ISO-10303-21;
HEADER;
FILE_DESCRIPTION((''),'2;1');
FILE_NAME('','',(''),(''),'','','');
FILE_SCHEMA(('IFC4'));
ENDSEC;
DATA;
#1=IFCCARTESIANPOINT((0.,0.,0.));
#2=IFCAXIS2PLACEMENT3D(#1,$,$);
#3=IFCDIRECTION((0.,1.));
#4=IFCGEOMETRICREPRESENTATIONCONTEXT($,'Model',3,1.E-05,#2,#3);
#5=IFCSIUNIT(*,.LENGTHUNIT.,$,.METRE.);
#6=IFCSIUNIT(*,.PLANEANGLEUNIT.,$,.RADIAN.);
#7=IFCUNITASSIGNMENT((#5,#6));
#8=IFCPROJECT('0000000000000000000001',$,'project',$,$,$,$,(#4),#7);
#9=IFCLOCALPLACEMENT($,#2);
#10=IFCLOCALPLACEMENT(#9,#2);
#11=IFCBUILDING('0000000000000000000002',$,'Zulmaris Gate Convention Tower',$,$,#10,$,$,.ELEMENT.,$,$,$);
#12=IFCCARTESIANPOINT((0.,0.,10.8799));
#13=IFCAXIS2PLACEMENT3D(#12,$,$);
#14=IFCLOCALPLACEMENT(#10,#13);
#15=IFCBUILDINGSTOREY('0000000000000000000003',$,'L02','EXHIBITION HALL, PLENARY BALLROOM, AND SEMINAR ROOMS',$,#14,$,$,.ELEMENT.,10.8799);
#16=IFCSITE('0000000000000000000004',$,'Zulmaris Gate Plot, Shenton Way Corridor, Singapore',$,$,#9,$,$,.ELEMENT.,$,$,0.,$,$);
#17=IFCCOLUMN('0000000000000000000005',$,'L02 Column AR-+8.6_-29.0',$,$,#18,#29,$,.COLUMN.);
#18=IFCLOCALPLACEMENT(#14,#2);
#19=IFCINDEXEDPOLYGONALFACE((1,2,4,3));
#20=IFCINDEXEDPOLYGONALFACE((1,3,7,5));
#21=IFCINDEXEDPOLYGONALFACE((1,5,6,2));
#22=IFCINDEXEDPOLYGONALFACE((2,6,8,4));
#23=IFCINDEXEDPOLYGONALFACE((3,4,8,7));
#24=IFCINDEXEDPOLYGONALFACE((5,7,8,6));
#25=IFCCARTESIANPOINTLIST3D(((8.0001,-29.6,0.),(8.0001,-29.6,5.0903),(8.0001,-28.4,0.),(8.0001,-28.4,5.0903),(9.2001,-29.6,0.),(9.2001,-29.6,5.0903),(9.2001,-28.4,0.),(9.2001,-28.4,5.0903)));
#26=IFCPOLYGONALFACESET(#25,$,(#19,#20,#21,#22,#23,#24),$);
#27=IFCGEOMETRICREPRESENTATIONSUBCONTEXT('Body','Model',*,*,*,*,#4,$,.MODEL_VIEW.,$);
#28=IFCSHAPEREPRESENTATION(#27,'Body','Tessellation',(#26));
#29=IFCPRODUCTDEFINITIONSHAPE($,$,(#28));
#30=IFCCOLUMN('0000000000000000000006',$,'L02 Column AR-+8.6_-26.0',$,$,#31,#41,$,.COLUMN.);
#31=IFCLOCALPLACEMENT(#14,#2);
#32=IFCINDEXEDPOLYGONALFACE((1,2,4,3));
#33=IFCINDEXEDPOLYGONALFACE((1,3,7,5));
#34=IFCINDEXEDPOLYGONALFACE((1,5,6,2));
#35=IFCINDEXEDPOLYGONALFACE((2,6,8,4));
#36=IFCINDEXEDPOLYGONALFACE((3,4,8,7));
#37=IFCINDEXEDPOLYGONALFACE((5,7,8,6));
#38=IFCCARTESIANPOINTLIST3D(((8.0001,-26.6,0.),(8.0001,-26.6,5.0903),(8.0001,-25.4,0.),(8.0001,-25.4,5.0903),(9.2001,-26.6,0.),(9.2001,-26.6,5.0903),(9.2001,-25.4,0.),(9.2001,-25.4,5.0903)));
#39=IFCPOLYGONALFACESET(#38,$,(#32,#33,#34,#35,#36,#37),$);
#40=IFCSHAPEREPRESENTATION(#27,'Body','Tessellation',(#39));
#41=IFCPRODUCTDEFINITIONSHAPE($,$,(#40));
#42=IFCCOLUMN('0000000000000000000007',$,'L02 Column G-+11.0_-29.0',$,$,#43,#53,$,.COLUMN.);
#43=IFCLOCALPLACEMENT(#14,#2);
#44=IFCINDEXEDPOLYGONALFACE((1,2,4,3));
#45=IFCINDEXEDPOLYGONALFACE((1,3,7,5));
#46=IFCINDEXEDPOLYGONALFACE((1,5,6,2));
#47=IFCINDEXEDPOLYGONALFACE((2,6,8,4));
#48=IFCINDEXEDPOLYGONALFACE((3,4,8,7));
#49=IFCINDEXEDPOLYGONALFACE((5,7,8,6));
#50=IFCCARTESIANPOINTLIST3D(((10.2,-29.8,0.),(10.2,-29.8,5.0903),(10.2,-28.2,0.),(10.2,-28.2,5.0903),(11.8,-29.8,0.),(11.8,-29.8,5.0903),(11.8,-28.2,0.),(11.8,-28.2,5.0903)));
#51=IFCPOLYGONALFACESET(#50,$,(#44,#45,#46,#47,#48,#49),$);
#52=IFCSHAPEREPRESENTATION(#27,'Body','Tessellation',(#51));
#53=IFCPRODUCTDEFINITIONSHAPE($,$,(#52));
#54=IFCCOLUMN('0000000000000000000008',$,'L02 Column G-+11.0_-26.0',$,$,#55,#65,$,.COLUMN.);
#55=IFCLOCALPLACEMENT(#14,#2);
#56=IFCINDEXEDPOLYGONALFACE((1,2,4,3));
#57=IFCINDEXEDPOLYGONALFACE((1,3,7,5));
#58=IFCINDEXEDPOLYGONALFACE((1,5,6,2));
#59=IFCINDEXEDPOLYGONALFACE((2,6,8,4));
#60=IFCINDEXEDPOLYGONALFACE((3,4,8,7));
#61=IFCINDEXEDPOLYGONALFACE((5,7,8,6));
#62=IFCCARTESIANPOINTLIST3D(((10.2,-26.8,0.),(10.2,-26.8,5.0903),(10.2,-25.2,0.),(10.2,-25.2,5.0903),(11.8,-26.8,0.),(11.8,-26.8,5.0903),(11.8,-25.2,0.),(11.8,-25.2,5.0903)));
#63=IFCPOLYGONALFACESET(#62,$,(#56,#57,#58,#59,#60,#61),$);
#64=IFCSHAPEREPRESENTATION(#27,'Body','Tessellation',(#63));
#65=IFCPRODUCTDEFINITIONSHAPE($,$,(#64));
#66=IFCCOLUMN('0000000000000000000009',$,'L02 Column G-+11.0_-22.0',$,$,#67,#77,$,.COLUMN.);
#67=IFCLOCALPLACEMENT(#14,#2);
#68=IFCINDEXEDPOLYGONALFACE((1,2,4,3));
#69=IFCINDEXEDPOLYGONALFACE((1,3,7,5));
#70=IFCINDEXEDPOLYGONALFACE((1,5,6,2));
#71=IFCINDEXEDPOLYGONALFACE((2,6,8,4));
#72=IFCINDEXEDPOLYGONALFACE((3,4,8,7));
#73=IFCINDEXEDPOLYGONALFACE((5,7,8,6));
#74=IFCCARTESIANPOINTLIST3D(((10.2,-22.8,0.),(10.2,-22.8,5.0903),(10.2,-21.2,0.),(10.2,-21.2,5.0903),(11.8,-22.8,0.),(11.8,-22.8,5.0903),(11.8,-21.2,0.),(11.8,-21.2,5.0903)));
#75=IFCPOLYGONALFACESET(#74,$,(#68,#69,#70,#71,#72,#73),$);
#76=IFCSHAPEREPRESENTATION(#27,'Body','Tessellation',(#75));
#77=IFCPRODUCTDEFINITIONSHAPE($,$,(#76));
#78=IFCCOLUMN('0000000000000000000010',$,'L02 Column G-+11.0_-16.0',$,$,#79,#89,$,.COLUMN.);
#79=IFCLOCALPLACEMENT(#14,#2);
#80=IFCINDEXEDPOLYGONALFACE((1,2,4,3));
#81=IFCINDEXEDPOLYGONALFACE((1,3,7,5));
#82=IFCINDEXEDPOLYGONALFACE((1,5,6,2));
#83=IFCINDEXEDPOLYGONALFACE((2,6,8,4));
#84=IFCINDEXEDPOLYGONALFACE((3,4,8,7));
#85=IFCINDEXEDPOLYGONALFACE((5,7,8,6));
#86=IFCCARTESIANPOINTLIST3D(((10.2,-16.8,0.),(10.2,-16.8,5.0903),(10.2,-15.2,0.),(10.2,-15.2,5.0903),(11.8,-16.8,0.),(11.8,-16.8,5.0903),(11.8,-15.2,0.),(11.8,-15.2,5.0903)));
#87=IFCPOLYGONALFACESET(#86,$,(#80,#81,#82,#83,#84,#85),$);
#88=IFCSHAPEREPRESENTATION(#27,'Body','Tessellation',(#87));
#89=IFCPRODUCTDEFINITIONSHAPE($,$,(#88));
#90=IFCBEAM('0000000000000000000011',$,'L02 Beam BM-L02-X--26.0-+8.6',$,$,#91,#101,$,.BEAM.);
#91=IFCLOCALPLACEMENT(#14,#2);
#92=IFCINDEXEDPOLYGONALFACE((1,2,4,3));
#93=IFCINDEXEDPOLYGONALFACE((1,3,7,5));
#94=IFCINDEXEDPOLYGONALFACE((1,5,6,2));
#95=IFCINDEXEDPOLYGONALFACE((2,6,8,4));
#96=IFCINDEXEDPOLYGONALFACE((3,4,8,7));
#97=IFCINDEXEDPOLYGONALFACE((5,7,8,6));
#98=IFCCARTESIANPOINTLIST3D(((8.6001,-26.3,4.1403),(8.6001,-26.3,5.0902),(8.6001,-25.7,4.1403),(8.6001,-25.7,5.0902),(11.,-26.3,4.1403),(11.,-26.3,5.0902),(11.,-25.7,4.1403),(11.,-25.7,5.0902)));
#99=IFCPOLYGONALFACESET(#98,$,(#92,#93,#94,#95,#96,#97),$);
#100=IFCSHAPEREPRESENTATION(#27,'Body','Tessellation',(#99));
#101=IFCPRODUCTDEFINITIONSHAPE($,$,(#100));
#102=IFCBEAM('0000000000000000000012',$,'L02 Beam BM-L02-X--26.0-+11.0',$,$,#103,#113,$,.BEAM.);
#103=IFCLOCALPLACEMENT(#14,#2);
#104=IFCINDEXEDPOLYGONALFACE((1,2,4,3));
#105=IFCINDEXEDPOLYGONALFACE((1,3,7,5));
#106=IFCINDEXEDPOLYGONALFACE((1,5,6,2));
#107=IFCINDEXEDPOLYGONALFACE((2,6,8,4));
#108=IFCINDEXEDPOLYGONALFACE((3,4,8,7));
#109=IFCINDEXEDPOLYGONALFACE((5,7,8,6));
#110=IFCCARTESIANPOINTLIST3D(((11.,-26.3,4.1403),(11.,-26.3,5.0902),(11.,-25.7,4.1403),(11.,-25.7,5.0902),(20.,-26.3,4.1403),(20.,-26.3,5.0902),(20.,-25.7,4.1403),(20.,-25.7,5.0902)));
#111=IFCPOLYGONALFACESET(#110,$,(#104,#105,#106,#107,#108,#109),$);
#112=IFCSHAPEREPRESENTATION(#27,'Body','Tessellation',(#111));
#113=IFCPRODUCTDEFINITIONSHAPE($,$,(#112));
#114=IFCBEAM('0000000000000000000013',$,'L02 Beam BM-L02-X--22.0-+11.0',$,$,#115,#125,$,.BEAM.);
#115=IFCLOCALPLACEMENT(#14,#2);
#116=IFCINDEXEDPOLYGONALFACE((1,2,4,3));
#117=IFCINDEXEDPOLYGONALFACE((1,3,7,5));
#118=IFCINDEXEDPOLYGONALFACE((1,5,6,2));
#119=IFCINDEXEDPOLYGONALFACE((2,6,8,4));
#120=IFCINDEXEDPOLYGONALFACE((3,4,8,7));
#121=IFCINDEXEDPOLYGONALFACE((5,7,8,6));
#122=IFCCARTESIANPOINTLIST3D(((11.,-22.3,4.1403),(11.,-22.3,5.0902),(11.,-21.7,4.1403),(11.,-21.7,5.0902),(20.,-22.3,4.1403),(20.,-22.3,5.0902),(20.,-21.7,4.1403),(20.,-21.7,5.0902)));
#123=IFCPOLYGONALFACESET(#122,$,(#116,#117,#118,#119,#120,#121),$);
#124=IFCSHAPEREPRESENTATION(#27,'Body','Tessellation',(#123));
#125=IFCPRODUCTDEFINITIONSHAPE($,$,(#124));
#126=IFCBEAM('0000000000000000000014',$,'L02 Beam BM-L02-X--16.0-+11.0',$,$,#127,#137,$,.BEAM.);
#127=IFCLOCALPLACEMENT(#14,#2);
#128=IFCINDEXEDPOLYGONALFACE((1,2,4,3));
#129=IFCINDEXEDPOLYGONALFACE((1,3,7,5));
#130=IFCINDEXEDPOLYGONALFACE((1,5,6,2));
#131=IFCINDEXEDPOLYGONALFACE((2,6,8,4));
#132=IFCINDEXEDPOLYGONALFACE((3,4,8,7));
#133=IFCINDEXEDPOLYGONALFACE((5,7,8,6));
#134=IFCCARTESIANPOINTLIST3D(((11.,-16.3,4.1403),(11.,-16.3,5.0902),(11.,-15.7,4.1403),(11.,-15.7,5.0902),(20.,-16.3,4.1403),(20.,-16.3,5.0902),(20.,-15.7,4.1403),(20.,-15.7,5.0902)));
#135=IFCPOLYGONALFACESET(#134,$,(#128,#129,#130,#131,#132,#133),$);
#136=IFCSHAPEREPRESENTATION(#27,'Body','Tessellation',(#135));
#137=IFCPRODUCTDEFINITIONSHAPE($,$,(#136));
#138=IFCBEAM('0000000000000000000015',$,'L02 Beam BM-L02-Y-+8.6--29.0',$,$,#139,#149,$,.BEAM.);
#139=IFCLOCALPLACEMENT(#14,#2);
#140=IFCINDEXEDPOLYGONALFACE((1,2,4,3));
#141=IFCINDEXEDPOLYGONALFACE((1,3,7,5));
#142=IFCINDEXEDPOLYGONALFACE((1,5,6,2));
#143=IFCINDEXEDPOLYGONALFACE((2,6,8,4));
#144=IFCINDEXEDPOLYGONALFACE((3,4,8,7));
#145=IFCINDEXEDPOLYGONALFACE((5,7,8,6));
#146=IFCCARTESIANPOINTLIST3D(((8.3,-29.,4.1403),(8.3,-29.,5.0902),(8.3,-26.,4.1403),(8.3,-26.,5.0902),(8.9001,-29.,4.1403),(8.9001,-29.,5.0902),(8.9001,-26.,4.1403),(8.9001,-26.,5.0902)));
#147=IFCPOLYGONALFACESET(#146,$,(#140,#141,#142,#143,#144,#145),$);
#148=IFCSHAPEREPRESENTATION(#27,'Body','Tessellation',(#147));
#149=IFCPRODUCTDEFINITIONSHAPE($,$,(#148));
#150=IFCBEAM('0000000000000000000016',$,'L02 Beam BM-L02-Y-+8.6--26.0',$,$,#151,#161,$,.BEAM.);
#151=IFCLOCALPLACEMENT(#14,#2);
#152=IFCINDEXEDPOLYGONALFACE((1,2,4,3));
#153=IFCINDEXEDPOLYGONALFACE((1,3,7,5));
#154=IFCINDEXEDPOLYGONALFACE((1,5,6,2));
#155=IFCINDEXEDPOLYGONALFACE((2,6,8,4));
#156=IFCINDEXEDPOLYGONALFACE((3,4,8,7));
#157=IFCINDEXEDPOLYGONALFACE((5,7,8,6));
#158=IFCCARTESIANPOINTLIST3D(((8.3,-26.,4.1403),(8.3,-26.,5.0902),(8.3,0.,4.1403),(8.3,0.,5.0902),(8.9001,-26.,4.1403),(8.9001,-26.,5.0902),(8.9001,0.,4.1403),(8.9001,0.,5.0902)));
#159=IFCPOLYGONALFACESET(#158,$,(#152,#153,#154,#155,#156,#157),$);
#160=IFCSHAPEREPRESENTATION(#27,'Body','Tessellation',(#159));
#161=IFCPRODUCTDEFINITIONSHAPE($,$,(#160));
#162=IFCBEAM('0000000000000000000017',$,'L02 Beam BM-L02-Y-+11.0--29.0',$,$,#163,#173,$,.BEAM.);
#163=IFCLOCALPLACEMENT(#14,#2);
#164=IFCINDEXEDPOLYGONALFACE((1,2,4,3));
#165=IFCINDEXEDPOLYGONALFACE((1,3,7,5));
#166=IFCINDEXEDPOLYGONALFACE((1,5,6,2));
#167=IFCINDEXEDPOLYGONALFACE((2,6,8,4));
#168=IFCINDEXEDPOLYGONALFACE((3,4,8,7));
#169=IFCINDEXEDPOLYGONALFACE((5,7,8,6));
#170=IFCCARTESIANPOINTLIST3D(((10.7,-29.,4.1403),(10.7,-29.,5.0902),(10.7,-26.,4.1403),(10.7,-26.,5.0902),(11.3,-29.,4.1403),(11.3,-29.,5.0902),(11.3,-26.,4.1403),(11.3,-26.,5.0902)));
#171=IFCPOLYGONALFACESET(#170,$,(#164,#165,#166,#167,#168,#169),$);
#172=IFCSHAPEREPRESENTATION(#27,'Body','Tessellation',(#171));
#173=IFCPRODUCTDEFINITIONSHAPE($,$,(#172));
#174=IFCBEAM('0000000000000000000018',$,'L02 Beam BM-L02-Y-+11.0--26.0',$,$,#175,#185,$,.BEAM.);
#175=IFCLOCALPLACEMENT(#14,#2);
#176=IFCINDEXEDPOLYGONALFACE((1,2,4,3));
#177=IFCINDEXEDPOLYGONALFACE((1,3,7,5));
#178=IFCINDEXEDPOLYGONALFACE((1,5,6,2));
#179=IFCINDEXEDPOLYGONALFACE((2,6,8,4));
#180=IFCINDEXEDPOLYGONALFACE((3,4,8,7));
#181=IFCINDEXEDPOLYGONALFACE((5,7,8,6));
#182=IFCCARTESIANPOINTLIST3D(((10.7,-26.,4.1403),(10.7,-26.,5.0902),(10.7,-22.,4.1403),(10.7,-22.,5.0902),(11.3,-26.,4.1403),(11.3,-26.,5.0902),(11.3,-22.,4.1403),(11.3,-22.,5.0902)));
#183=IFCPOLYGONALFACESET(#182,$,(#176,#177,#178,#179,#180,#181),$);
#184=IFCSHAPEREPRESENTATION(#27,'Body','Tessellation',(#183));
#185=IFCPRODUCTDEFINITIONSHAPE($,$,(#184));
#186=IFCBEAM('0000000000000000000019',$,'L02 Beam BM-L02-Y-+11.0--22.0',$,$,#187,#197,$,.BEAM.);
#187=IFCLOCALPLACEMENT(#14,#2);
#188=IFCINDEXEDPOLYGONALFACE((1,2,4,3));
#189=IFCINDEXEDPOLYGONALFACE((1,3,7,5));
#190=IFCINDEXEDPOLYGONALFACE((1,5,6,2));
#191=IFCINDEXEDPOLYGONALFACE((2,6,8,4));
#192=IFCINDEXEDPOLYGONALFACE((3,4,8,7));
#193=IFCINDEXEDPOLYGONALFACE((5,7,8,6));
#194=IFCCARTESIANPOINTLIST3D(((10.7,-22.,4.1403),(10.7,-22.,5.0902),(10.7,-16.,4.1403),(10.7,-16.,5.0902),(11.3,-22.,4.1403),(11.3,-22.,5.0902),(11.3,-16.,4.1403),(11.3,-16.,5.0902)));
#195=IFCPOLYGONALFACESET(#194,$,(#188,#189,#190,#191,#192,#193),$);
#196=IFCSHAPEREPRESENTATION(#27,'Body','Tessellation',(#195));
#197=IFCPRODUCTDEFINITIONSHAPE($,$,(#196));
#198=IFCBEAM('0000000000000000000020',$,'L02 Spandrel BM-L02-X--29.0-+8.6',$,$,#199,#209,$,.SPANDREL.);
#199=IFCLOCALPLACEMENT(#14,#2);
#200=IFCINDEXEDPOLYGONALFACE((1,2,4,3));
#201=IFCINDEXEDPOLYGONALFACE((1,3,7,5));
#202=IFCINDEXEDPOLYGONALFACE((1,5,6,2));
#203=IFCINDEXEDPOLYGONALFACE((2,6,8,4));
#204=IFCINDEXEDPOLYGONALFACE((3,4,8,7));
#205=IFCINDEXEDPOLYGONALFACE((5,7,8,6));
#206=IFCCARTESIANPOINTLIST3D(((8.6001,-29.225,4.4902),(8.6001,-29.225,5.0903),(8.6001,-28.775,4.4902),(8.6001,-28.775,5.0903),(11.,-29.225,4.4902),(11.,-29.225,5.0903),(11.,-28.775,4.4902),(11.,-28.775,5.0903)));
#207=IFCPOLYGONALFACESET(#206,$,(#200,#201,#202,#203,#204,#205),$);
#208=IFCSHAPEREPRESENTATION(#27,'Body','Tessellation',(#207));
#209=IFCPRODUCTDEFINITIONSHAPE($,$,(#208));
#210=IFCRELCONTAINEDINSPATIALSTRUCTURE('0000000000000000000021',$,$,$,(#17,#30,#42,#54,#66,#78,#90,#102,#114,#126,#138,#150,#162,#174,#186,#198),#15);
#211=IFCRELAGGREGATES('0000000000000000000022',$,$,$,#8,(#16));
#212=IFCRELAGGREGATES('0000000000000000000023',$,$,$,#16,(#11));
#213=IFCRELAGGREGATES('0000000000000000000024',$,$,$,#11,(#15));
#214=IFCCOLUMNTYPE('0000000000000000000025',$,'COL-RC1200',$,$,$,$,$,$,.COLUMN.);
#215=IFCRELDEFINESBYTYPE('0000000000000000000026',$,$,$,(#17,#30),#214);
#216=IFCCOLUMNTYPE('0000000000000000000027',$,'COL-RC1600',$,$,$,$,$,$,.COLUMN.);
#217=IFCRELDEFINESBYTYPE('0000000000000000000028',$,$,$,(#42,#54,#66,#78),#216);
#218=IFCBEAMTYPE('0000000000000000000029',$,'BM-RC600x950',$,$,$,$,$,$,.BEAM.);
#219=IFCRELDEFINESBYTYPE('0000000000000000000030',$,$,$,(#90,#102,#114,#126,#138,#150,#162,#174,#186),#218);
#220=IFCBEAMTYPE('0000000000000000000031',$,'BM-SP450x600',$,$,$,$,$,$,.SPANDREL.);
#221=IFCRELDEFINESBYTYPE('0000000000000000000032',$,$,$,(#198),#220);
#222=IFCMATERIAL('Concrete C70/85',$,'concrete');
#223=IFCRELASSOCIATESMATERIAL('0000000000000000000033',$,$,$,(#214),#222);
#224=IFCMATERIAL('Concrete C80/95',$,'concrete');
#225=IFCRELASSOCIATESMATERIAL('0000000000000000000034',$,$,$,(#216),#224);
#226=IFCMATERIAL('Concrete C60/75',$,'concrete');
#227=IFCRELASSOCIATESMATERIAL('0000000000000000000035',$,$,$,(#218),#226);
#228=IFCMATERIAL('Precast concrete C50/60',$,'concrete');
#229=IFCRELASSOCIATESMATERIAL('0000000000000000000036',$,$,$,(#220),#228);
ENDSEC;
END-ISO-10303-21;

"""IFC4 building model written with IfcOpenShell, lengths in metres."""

from ifc_helpers import new_model, si_unit, direction, frame, origin, origin_2d, place, context, subcontext, project, spatial, rectangle, extrude, material, material_profile, profile_set, type_object, element, save


model = new_model("IFC4")

# Units and contexts
model_context = context("Model", 3, precision=1e-05, world=origin(), true_north=direction((0.0, 1.0)))
body_context = subcontext(model_context, "Body", "Model", "MODEL_VIEW")
ifc_project = project(units=[si_unit("LENGTHUNIT", "METRE"), si_unit("PLANEANGLEUNIT", "RADIAN")], contexts=[model_context])

# Site, building, storey
site_placement = place(None, origin())
site = spatial("IfcSite", under=ifc_project, at=site_placement, Name="Zulmaris Gate Plot, Shenton Way Corridor, Singapore", CompositionType="ELEMENT", RefElevation=0.0)
building_placement = place(site_placement, origin())
building = spatial("IfcBuilding", under=site, at=building_placement, Name="Zulmaris Gate Convention Tower", CompositionType="ELEMENT")
storey_placement = place(building_placement, frame((0.0, 0.0, 10.8799)))
storey = spatial("IfcBuildingStorey", under=building, at=storey_placement, Name="L02", Description="EXHIBITION HALL, PLENARY BALLROOM, AND SEMINAR ROOMS", CompositionType="ELEMENT", Elevation=10.8799)

# Columns
ifc_material_1 = material(Name="Concrete C70/85", Category="concrete")
ifc_material_profile_1 = material_profile(ifc_material_1, rectangle(XDim=1.2, YDim=1.2, at=origin_2d()), Name="RC COL 1200x1200")
ifc_profile_set_1 = profile_set([ifc_material_profile_1], Name="Concrete C70/85")
column_type_1 = type_object("IfcColumnType", Name="COL-RC1200", PredefinedType="COLUMN", material=ifc_profile_set_1)
for number, where, z_axis, x_axis, name in (
    (1, (8.6001, -29.0, 0.0), (0.0, 0.0, 1.0), (1.0, 0.0, 0.0), "L02 Column AR-+8.6_-29.0"),
    (2, (8.6001, -26.0, 0.0), (0.0, 0.0, 1.0), (1.0, 0.0, 0.0), "L02 Column AR-+8.6_-26.0"),
):
    element("IfcColumn", number, at=place(storey_placement, frame(where, z_axis=z_axis, x_axis=x_axis)), inside=storey, type_object=column_type_1, Name=name, PredefinedType="COLUMN", context=body_context, shape_type="SweptSolid", body=[
        extrude(rectangle(XDim=1.2, YDim=1.2, at=origin_2d()), origin(), (0.0, 0.0, 1.0), 5.0903),
    ])
ifc_material_2 = material(Name="Concrete C80/95", Category="concrete")
ifc_material_profile_2 = material_profile(ifc_material_2, rectangle(XDim=1.6001, YDim=1.6001, at=origin_2d()), Name="RC COL 1600x1600")
ifc_profile_set_2 = profile_set([ifc_material_profile_2], Name="Concrete C80/95")
column_type_2 = type_object("IfcColumnType", Name="COL-RC1600", PredefinedType="COLUMN", material=ifc_profile_set_2)
for number, where, z_axis, x_axis, name in (
    (3, (11.0, -29.0, 0.0), (0.0, 0.0, 1.0), (1.0, 0.0, 0.0), "L02 Column G-+11.0_-29.0"),
    (4, (11.0, -26.0, 0.0), (0.0, 0.0, 1.0), (1.0, 0.0, 0.0), "L02 Column G-+11.0_-26.0"),
    (5, (11.0, -22.0, 0.0), (0.0, 0.0, 1.0), (1.0, 0.0, 0.0), "L02 Column G-+11.0_-22.0"),
    (6, (11.0, -16.0, 0.0), (0.0, 0.0, 1.0), (1.0, 0.0, 0.0), "L02 Column G-+11.0_-16.0"),
):
    element("IfcColumn", number, at=place(storey_placement, frame(where, z_axis=z_axis, x_axis=x_axis)), inside=storey, type_object=column_type_2, Name=name, PredefinedType="COLUMN", context=body_context, shape_type="SweptSolid", body=[
        extrude(rectangle(XDim=1.6001, YDim=1.6001, at=origin_2d()), origin(), (0.0, 0.0, 1.0), 5.0903),
    ])

# Beams
ifc_material_3 = material(Name="Concrete C60/75", Category="concrete")
ifc_material_profile_3 = material_profile(ifc_material_3, rectangle(XDim=0.6001, YDim=0.95, at=origin_2d()), Name="RC BEAM 600x950")
ifc_profile_set_3 = profile_set([ifc_material_profile_3], Name="Concrete C60/75")
beam_type_1 = type_object("IfcBeamType", Name="BM-RC600x950", PredefinedType="BEAM", material=ifc_profile_set_3)
beam_1_placement = place(storey_placement, frame((8.6001, -26.0, 4.6152), z_axis=(1.0, 0.0, 0.0), x_axis=(0.0, 1.0, 0.0)))
element("IfcBeam", 7, at=beam_1_placement, inside=storey, type_object=beam_type_1, Name="L02 Beam BM-L02-X--26.0-+8.6", PredefinedType="BEAM", context=body_context, shape_type="SweptSolid", body=[
    extrude(rectangle(XDim=0.6001, YDim=0.95, at=origin_2d()), origin(), (0.0, 0.0, 1.0), 2.3999),
])
for number, where, z_axis, x_axis, name in (
    (8, (11.0, -26.0, 4.6152), (1.0, 0.0, 0.0), (0.0, 1.0, 0.0), "L02 Beam BM-L02-X--26.0-+11.0"),
    (9, (11.0, -22.0, 4.6152), (1.0, 0.0, 0.0), (0.0, 1.0, 0.0), "L02 Beam BM-L02-X--22.0-+11.0"),
    (10, (11.0, -16.0, 4.6152), (1.0, 0.0, 0.0), (0.0, 1.0, 0.0), "L02 Beam BM-L02-X--16.0-+11.0"),
):
    element("IfcBeam", number, at=place(storey_placement, frame(where, z_axis=z_axis, x_axis=x_axis)), inside=storey, type_object=beam_type_1, Name=name, PredefinedType="BEAM", context=body_context, shape_type="SweptSolid", body=[
        extrude(rectangle(XDim=0.6001, YDim=0.95, at=origin_2d()), origin(), (0.0, 0.0, 1.0), 9.0),
    ])
beam_2_placement = place(storey_placement, frame((8.6001, -29.0, 4.6152), z_axis=(0.0, 1.0, 0.0), x_axis=(-1.0, 0.0, 0.0)))
element("IfcBeam", 11, at=beam_2_placement, inside=storey, type_object=beam_type_1, Name="L02 Beam BM-L02-Y-+8.6--29.0", PredefinedType="BEAM", context=body_context, shape_type="SweptSolid", body=[
    extrude(rectangle(XDim=0.6001, YDim=0.95, at=origin_2d()), origin(), (0.0, 0.0, 1.0), 3.0),
])
beam_3_placement = place(storey_placement, frame((8.6001, -26.0, 4.6152), z_axis=(0.0, 1.0, 0.0), x_axis=(-1.0, 0.0, 0.0)))
element("IfcBeam", 12, at=beam_3_placement, inside=storey, type_object=beam_type_1, Name="L02 Beam BM-L02-Y-+8.6--26.0", PredefinedType="BEAM", context=body_context, shape_type="SweptSolid", body=[
    extrude(rectangle(XDim=0.6001, YDim=0.95, at=origin_2d()), origin(), (0.0, 0.0, 1.0), 26.0),
])
beam_4_placement = place(storey_placement, frame((11.0, -29.0, 4.6152), z_axis=(0.0, 1.0, 0.0), x_axis=(-1.0, 0.0, 0.0)))
element("IfcBeam", 13, at=beam_4_placement, inside=storey, type_object=beam_type_1, Name="L02 Beam BM-L02-Y-+11.0--29.0", PredefinedType="BEAM", context=body_context, shape_type="SweptSolid", body=[
    extrude(rectangle(XDim=0.6001, YDim=0.95, at=origin_2d()), origin(), (0.0, 0.0, 1.0), 3.0),
])
beam_5_placement = place(storey_placement, frame((11.0, -26.0, 4.6152), z_axis=(0.0, 1.0, 0.0), x_axis=(-1.0, 0.0, 0.0)))
element("IfcBeam", 14, at=beam_5_placement, inside=storey, type_object=beam_type_1, Name="L02 Beam BM-L02-Y-+11.0--26.0", PredefinedType="BEAM", context=body_context, shape_type="SweptSolid", body=[
    extrude(rectangle(XDim=0.6001, YDim=0.95, at=origin_2d()), origin(), (0.0, 0.0, 1.0), 4.0),
])
beam_6_placement = place(storey_placement, frame((11.0, -22.0, 4.6152), z_axis=(0.0, 1.0, 0.0), x_axis=(-1.0, 0.0, 0.0)))
element("IfcBeam", 15, at=beam_6_placement, inside=storey, type_object=beam_type_1, Name="L02 Beam BM-L02-Y-+11.0--22.0", PredefinedType="BEAM", context=body_context, shape_type="SweptSolid", body=[
    extrude(rectangle(XDim=0.6001, YDim=0.95, at=origin_2d()), origin(), (0.0, 0.0, 1.0), 6.0),
])
ifc_material_4 = material(Name="Precast concrete C50/60", Category="concrete")
ifc_material_profile_4 = material_profile(ifc_material_4, rectangle(XDim=0.45, YDim=0.6001, at=origin_2d()), Name="RC SPANDREL 450x600")
ifc_profile_set_4 = profile_set([ifc_material_profile_4], Name="Precast concrete C50/60")
beam_type_2 = type_object("IfcBeamType", Name="BM-SP450x600", PredefinedType="SPANDREL", material=ifc_profile_set_4)
beam_7_placement = place(storey_placement, frame((8.6001, -29.0, 4.7903), z_axis=(1.0, 0.0, 0.0), x_axis=(0.0, 1.0, 0.0)))
element("IfcBeam", 16, at=beam_7_placement, inside=storey, type_object=beam_type_2, Name="L02 Spandrel BM-L02-X--29.0-+8.6", PredefinedType="SPANDREL", context=body_context, shape_type="SweptSolid", body=[
    extrude(rectangle(XDim=0.45, YDim=0.6001, at=origin_2d()), origin(), (0.0, 0.0, 1.0), 2.3999),
])

save(model, "model.ifc")
